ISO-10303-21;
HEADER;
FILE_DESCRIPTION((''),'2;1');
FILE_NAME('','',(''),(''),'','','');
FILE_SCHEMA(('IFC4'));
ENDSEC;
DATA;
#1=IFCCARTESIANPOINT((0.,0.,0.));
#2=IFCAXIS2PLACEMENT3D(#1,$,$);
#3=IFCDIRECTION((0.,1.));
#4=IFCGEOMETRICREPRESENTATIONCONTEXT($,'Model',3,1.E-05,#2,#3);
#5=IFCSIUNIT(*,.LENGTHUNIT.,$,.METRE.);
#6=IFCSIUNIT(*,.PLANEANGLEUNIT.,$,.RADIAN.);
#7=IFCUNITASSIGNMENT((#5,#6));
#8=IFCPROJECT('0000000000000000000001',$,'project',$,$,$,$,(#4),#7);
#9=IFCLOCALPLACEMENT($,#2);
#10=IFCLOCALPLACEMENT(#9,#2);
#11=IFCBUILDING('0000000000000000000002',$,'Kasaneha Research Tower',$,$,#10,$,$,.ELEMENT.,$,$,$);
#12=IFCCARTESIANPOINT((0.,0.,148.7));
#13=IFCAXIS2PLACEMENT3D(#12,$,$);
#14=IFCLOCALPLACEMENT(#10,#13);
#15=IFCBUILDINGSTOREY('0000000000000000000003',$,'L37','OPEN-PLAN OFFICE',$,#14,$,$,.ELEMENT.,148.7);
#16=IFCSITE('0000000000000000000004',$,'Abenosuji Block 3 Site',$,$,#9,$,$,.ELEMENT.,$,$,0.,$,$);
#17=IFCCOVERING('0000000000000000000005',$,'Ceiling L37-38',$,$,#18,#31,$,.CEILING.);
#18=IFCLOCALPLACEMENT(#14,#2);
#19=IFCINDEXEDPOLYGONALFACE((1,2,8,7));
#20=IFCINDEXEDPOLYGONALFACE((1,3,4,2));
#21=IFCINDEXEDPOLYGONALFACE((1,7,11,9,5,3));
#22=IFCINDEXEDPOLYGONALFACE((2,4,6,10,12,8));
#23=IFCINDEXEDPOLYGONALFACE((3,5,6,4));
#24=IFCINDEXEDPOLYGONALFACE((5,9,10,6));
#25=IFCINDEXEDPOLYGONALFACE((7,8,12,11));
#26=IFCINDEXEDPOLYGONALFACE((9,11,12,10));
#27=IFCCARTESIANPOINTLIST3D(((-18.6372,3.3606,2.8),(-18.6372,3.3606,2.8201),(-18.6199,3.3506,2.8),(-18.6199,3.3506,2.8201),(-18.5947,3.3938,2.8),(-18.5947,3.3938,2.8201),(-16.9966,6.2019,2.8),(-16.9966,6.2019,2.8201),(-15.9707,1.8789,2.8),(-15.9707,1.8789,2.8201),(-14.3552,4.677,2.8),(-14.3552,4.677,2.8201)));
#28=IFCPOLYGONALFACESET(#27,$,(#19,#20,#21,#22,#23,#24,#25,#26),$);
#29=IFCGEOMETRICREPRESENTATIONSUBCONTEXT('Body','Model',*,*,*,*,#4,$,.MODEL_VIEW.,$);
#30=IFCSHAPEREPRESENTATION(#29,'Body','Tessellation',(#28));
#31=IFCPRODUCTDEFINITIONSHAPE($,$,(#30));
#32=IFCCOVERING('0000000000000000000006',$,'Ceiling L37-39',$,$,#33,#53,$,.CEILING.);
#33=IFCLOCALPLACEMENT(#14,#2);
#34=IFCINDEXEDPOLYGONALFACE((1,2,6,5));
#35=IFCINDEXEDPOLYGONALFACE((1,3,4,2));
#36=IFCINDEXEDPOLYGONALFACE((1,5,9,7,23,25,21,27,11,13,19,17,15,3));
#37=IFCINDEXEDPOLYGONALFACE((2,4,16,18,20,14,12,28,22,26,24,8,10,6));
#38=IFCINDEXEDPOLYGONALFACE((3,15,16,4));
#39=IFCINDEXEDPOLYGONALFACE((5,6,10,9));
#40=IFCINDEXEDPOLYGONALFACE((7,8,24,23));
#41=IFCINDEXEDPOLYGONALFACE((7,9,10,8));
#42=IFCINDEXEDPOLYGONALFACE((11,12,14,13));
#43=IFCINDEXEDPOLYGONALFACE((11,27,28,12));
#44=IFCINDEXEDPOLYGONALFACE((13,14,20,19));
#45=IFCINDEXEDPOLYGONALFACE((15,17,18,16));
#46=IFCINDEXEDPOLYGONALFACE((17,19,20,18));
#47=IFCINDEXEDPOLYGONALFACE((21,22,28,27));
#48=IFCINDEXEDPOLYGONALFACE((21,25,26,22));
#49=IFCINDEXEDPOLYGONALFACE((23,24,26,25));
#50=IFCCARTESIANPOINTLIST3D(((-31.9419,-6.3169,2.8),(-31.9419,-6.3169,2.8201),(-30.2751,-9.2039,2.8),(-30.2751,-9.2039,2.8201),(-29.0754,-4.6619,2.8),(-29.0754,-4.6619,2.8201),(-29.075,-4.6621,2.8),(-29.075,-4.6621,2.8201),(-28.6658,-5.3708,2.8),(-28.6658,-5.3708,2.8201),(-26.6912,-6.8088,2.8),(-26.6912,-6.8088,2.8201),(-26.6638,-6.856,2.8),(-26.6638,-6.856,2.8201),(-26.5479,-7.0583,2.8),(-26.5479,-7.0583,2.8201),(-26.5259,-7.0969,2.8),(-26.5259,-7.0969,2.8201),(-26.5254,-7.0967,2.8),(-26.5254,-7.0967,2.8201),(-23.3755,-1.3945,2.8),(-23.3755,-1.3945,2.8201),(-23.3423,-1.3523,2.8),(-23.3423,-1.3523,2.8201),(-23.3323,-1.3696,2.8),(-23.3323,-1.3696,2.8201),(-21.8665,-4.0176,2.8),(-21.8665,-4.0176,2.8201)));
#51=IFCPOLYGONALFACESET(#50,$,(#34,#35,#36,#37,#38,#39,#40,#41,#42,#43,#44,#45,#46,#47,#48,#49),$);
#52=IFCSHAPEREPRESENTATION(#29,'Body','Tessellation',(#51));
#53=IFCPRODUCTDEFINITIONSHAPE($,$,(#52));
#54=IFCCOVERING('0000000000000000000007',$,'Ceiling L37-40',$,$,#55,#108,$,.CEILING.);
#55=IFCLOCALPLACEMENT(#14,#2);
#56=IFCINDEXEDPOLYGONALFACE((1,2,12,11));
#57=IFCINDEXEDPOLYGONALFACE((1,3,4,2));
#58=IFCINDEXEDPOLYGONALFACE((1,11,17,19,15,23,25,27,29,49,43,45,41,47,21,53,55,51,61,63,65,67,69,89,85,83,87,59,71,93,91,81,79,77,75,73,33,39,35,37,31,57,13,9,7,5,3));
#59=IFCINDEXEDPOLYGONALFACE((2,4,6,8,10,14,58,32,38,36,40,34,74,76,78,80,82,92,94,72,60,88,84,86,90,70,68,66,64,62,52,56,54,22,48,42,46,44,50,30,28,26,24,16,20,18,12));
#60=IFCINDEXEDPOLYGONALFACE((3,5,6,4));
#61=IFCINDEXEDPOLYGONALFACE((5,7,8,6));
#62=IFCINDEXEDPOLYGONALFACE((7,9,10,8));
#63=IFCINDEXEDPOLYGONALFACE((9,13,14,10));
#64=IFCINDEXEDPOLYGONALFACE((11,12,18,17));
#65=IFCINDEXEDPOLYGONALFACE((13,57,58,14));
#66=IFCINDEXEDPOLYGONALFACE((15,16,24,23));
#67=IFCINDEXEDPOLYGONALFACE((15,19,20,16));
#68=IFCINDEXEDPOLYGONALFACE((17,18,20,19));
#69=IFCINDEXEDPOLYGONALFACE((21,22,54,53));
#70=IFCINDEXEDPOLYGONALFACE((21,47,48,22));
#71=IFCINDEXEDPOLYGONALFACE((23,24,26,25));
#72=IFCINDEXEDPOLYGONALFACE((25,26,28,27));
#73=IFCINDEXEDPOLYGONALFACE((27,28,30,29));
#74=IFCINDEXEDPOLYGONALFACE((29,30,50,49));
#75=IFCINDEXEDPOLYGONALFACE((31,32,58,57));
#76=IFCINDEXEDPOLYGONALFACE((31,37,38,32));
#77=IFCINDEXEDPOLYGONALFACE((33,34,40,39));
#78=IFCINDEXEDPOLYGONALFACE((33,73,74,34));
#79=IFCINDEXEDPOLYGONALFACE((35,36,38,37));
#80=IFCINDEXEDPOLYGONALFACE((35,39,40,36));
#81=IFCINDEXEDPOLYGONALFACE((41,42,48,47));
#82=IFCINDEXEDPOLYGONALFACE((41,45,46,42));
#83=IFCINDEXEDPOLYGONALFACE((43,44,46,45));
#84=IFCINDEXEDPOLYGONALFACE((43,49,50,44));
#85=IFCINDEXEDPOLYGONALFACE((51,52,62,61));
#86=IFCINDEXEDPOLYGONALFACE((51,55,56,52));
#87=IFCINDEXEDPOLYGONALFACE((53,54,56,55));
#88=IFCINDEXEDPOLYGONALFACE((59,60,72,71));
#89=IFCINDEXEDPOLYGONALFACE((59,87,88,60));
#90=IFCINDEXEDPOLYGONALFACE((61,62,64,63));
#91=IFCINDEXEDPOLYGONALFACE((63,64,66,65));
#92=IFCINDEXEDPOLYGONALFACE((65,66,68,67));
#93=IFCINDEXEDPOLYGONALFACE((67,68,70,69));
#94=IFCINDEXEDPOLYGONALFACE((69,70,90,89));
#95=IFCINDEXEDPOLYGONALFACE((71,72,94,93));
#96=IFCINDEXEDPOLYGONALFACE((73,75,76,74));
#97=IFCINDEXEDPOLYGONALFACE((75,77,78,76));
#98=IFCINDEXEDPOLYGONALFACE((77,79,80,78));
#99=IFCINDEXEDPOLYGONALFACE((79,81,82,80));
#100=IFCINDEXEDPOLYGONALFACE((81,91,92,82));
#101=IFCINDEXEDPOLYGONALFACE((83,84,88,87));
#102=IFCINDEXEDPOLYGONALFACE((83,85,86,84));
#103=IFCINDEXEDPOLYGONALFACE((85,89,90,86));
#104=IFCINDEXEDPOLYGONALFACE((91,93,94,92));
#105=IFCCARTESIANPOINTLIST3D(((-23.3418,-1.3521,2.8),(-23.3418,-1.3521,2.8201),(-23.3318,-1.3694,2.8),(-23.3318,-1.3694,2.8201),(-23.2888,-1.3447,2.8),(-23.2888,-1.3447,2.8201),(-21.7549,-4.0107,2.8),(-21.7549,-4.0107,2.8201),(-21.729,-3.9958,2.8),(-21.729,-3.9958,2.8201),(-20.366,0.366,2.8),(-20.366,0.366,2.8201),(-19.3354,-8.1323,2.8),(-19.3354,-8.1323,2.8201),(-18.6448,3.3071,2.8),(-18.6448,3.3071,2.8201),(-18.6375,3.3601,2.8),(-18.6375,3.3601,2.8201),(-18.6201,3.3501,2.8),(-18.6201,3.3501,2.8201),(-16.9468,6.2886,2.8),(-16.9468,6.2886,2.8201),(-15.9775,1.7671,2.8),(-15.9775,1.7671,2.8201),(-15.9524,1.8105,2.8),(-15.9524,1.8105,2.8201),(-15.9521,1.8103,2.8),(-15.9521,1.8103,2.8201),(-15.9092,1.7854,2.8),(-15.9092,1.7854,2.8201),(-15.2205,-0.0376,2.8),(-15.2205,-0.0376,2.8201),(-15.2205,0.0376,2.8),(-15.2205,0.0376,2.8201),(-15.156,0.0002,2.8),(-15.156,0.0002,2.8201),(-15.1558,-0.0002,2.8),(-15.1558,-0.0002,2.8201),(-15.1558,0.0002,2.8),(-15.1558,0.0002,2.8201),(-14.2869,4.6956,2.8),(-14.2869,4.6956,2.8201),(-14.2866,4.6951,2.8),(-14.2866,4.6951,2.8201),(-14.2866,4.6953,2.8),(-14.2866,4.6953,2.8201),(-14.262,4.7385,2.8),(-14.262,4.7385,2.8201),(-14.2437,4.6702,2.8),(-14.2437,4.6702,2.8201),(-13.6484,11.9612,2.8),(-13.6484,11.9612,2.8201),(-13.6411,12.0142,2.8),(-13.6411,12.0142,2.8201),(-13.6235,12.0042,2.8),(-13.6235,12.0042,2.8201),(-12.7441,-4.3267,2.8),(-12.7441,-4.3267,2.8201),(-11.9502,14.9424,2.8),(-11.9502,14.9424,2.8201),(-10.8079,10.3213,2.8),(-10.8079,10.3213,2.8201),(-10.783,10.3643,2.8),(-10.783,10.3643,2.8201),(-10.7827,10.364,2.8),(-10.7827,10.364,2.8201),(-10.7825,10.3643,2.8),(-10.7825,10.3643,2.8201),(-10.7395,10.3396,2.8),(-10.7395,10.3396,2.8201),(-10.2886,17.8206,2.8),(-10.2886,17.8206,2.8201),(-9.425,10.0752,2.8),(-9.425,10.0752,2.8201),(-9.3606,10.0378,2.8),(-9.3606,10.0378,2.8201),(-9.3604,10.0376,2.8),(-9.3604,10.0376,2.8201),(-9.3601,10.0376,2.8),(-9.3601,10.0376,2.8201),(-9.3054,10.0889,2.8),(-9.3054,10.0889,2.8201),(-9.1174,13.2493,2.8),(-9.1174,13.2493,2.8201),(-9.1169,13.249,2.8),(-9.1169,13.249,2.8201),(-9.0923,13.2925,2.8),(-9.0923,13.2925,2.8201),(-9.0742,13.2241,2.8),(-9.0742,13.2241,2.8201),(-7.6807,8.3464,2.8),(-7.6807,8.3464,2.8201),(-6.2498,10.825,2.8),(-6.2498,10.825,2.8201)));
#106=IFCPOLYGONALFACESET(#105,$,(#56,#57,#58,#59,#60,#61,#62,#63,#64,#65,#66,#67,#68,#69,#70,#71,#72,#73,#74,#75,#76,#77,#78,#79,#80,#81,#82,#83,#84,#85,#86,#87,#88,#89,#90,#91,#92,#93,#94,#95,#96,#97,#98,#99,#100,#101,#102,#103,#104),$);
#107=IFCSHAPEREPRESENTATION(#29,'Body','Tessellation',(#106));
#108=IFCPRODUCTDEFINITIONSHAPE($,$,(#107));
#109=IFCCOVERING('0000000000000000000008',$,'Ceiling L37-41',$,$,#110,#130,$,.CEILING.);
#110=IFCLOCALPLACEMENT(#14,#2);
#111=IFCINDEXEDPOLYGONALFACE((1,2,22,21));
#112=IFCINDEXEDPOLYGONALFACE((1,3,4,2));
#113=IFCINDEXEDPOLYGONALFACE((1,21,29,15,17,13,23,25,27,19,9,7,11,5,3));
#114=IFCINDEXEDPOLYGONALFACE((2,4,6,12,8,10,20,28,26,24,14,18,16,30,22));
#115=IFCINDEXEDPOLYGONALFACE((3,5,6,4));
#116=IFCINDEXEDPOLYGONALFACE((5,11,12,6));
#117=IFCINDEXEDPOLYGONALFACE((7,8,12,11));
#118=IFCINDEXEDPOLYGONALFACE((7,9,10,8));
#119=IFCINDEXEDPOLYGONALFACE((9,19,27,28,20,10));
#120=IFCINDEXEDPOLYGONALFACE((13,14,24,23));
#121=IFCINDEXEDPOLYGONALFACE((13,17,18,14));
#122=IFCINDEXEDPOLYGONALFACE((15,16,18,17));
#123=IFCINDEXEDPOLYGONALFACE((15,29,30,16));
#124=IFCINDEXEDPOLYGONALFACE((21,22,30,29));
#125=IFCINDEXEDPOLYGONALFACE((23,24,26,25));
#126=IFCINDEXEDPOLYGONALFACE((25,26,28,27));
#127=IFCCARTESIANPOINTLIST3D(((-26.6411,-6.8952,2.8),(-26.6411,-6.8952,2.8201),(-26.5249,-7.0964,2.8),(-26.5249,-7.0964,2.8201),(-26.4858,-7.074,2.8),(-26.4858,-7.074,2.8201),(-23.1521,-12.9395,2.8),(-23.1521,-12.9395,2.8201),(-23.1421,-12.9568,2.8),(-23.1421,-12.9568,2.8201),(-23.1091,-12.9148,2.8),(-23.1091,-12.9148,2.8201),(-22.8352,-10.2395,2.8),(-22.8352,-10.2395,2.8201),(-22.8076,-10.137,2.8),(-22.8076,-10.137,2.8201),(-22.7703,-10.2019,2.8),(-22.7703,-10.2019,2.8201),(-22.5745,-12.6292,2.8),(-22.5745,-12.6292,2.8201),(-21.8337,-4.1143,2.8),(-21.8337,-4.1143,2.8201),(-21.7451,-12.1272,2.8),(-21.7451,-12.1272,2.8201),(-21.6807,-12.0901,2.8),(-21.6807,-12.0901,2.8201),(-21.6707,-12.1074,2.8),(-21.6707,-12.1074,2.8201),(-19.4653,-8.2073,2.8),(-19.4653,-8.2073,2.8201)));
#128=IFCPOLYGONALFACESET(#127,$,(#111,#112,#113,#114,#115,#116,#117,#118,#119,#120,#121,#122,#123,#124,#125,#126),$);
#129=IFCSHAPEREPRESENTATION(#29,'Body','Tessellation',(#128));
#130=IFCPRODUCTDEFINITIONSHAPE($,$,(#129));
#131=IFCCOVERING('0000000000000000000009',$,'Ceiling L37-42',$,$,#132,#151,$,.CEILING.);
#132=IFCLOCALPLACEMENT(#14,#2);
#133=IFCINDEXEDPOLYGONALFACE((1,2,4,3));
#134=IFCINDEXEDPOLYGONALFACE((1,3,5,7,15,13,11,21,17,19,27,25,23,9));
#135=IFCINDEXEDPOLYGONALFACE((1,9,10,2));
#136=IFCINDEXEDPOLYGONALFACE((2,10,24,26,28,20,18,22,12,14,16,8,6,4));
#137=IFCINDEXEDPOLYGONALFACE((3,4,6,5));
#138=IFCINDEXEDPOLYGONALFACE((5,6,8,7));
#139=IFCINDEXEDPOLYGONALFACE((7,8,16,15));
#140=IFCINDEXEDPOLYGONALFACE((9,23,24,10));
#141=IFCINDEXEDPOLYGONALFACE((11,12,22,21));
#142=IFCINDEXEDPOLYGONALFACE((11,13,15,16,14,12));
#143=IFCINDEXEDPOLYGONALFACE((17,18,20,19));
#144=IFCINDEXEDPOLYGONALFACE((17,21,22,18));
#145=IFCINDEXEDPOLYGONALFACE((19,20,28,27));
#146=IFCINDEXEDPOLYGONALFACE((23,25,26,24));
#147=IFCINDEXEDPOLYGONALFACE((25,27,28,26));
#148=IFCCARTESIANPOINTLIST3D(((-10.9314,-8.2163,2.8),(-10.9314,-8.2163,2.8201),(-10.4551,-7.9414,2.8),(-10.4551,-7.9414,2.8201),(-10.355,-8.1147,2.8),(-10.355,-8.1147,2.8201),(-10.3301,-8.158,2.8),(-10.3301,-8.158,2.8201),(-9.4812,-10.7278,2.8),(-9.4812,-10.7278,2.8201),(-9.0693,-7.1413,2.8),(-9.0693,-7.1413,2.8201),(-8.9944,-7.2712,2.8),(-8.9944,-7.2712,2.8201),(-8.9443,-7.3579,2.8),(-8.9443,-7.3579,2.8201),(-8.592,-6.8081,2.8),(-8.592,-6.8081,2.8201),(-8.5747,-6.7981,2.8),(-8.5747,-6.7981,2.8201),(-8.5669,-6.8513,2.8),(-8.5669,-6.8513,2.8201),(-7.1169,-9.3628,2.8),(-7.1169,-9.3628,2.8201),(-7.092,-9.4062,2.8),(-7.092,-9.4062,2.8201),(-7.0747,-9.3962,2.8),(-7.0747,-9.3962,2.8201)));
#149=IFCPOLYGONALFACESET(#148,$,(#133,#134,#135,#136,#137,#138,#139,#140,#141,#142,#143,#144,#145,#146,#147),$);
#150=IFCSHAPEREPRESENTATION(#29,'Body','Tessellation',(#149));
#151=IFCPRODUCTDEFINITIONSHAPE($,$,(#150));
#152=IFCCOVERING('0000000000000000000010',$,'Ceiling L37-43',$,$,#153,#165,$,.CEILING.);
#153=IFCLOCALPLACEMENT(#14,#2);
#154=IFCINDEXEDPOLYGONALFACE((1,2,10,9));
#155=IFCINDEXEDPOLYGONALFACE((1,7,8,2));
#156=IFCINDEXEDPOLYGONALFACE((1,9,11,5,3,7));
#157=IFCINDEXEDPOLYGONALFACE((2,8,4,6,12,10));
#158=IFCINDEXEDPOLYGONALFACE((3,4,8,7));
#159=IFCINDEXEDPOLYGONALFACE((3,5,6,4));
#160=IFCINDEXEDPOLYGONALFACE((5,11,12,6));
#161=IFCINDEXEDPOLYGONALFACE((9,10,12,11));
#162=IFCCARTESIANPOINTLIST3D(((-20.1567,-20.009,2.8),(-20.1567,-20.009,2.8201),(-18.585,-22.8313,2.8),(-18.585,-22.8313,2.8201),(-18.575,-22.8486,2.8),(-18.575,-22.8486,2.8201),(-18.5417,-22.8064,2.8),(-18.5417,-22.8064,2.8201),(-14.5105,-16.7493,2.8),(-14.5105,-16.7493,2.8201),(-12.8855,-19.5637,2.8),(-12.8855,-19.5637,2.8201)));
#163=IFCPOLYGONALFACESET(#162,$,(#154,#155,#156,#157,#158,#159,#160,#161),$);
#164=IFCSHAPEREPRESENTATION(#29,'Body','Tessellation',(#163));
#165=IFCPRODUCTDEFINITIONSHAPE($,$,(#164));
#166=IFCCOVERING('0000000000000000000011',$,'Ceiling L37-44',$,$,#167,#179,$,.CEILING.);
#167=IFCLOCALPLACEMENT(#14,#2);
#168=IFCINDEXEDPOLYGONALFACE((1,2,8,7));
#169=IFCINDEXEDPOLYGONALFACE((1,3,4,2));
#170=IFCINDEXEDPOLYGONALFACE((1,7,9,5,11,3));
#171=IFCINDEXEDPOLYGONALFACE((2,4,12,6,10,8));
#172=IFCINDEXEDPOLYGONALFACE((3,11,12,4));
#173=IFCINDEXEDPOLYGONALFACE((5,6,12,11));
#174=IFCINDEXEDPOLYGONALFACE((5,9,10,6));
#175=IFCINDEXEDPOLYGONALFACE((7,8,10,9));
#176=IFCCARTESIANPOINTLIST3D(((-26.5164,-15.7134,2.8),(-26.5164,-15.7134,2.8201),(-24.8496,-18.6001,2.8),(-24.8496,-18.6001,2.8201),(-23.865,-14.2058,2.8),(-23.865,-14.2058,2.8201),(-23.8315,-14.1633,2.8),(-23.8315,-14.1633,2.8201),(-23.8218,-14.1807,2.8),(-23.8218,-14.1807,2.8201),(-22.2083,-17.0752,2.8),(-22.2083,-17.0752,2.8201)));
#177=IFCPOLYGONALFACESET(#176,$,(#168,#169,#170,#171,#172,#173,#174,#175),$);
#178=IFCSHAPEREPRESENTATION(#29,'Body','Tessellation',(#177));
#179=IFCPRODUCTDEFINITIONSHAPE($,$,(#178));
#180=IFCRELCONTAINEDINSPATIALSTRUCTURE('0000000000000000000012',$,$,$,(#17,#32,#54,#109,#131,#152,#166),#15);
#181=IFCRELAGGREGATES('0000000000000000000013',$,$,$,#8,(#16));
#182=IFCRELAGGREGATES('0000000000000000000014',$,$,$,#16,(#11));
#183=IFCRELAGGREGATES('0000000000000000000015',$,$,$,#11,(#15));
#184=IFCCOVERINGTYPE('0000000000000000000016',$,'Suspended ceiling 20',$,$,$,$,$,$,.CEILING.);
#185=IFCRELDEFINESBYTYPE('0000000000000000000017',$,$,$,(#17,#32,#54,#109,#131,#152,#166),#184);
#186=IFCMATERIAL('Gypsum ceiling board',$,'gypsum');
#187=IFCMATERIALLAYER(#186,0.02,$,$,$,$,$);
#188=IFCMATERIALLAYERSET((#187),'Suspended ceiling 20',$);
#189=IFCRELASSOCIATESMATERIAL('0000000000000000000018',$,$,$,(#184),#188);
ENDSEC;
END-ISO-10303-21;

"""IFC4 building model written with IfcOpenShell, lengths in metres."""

from ifc_helpers import new_model, si_unit, direction, frame, origin, place, context, subcontext, project, spatial, polyline, outline, extrude, material, layer, layer_set, type_object, element, save


model = new_model("IFC4")

# Units and contexts
model_context = context("Model", 3, precision=1e-05, world=origin(), true_north=direction((0.0, 1.0)))
body_context = subcontext(model_context, "Body", "Model", "MODEL_VIEW")
ifc_project = project(units=[si_unit("LENGTHUNIT", "METRE"), si_unit("PLANEANGLEUNIT", "RADIAN")], contexts=[model_context])

# Site, building, storey
site_placement = place(None, origin())
site = spatial("IfcSite", under=ifc_project, at=site_placement, Name="Abenosuji Block 3 Site", CompositionType="ELEMENT", RefElevation=0.0)
building_placement = place(site_placement, origin())
building = spatial("IfcBuilding", under=site, at=building_placement, Name="Kasaneha Research Tower", CompositionType="ELEMENT")
storey_placement = place(building_placement, frame((0.0, 0.0, 148.7)))
storey = spatial("IfcBuildingStorey", under=building, at=storey_placement, Name="L37", Description="OPEN-PLAN OFFICE", CompositionType="ELEMENT", Elevation=148.7)

# Coverings
ifc_material_1 = material(Name="Gypsum ceiling board", Category="gypsum")
ifc_layer_1 = layer(ifc_material_1, 0.02)
ifc_layer_set_1 = layer_set([ifc_layer_1], Name="Suspended ceiling 20")
covering_type_1 = type_object("IfcCoveringType", Name="Suspended ceiling 20", PredefinedType="CEILING", material=ifc_layer_set_1)
covering_1_placement = place(storey_placement, frame((0.0, 0.0, 2.8)))
element("IfcCovering", 1, at=covering_1_placement, inside=storey, type_object=covering_type_1, Name="Ceiling L37-38", PredefinedType="CEILING", context=body_context, shape_type="SweptSolid", body=[
    extrude(outline(polyline([(-16.9966, 6.2019), (-14.3552, 4.677), (-15.9707, 1.8789), (-18.5947, 3.3938), (-18.6199, 3.3506), (-18.6372, 3.3606), (-16.9966, 6.2019)])), origin(), (0.0, 0.0, 1.0), 0.02),
])
covering_2_placement = place(storey_placement, frame((0.0, 0.0, 2.8)))
element("IfcCovering", 2, at=covering_2_placement, inside=storey, type_object=covering_type_1, Name="Ceiling L37-39", PredefinedType="CEILING", context=body_context, shape_type="SweptSolid", body=[
    extrude(outline(polyline([(-23.3323, -1.3696), (-23.3755, -1.3945), (-21.8665, -4.0176), (-26.6912, -6.8088), (-26.6638, -6.856), (-26.5254, -7.0967), (-26.5259, -7.0969), (-26.5479, -7.0583), (-30.2751, -9.2039), (-31.9419, -6.3169), (-29.0754, -4.6619), (-28.6658, -5.3708), (-29.075, -4.6621), (-23.3423, -1.3523), (-23.3323, -1.3696)])), origin(), (0.0, 0.0, 1.0), 0.02),
])
covering_3_placement = place(storey_placement, frame((0.0, 0.0, 2.8)))
element("IfcCovering", 3, at=covering_3_placement, inside=storey, type_object=covering_type_1, Name="Ceiling L37-40", PredefinedType="CEILING", context=body_context, shape_type="SweptSolid", body=[
    extrude(outline(polyline([(-9.3606, 10.0378), (-9.3606, 10.0378), (-9.425, 10.0752), (-15.2205, 0.0376), (-15.1558, 0.0002), (-15.156, 0.0002), (-15.1558, -0.0002), (-15.2205, -0.0376), (-12.7441, -4.3267), (-19.3354, -8.1323), (-21.729, -3.9958), (-21.7549, -4.0107), (-23.2888, -1.3447), (-23.3318, -1.3694), (-23.3418, -1.3521), (-20.366, 0.366), (-18.6375, 3.3601), (-18.6201, 3.3501), (-18.6448, 3.3071), (-15.9775, 1.7671), (-15.9524, 1.8105), (-15.9521, 1.8103), (-15.9521, 1.8103), (-15.9092, 1.7854), (-14.2437, 4.6702), (-14.2866, 4.6951), (-14.2866, 4.6953), (-14.2869, 4.6956), (-14.262, 4.7385), (-16.9468, 6.2886), (-13.6411, 12.0142), (-13.6235, 12.0042), (-13.6484, 11.9612), (-10.8079, 10.3213), (-10.783, 10.3643), (-10.7827, 10.364), (-10.7825, 10.3643), (-10.7395, 10.3396), (-9.0742, 13.2241), (-9.1169, 13.249), (-9.1169, 13.249), (-9.1174, 13.2493), (-9.0923, 13.2925), (-11.9502, 14.9424), (-10.2886, 17.8206), (-6.2498, 10.825), (-7.6807, 8.3464), (-9.3054, 10.0889), (-9.3601, 10.0376), (-9.3604, 10.0376), (-9.3606, 10.0378)])), origin(), (0.0, 0.0, 1.0), 0.02),
])
covering_4_placement = place(storey_placement, frame((0.0, 0.0, 2.8)))
element("IfcCovering", 4, at=covering_4_placement, inside=storey, type_object=covering_type_1, Name="Ceiling L37-41", PredefinedType="CEILING", context=body_context, shape_type="SweptSolid", body=[
    extrude(outline(polyline([(-22.5745, -12.6292), (-23.1421, -12.9568), (-23.1521, -12.9395), (-23.1091, -12.9148), (-26.4858, -7.074), (-26.5249, -7.0964), (-26.6597, -6.863), (-26.6411, -6.8953), (-21.8337, -4.1143), (-19.4653, -8.2073), (-22.8076, -10.137), (-22.7703, -10.2019), (-22.8352, -10.2395), (-21.7451, -12.1272), (-21.6807, -12.0901), (-21.6707, -12.1074), (-22.5745, -12.6292)])), origin(), (0.0, 0.0, 1.0), 0.02),
])
covering_5_placement = place(storey_placement, frame((0.0, 0.0, 2.8)))
element("IfcCovering", 5, at=covering_5_placement, inside=storey, type_object=covering_type_1, Name="Ceiling L37-42", PredefinedType="CEILING", context=body_context, shape_type="SweptSolid", body=[
    extrude(outline(polyline([(-10.355, -8.1147), (-10.355, -8.1147), (-10.3301, -8.158), (-8.9443, -7.3579), (-8.9944, -7.2712), (-8.9944, -7.2712), (-9.0942, -7.0981), (-9.0942, -7.0981), (-9.0693, -7.1414), (-8.5669, -6.8513), (-8.592, -6.8081), (-8.5747, -6.7981), (-7.0747, -9.3962), (-7.092, -9.4062), (-7.1169, -9.3628), (-9.4812, -10.7278), (-10.9314, -8.2163), (-10.4551, -7.9414), (-10.355, -8.1147)])), origin(), (0.0, 0.0, 1.0), 0.02),
])
covering_6_placement = place(storey_placement, frame((0.0, 0.0, 2.8)))
element("IfcCovering", 6, at=covering_6_placement, inside=storey, type_object=covering_type_1, Name="Ceiling L37-43", PredefinedType="CEILING", context=body_context, shape_type="SweptSolid", body=[
    extrude(outline(polyline([(-18.575, -22.8486), (-18.585, -22.8313), (-18.5417, -22.8064), (-20.1567, -20.009), (-14.5105, -16.7493), (-12.8855, -19.5637), (-18.575, -22.8486)])), origin(), (0.0, 0.0, 1.0), 0.02),
])
covering_7_placement = place(storey_placement, frame((0.0, 0.0, 2.8)))
element("IfcCovering", 7, at=covering_7_placement, inside=storey, type_object=covering_type_1, Name="Ceiling L37-44", PredefinedType="CEILING", context=body_context, shape_type="SweptSolid", body=[
    extrude(outline(polyline([(-23.8315, -14.1633), (-23.8218, -14.1807), (-23.865, -14.2058), (-22.2083, -17.0752), (-24.8496, -18.6001), (-26.5164, -15.7134), (-23.8315, -14.1633)])), origin(), (0.0, 0.0, 1.0), 0.02),
])

save(model, "model.ifc")
